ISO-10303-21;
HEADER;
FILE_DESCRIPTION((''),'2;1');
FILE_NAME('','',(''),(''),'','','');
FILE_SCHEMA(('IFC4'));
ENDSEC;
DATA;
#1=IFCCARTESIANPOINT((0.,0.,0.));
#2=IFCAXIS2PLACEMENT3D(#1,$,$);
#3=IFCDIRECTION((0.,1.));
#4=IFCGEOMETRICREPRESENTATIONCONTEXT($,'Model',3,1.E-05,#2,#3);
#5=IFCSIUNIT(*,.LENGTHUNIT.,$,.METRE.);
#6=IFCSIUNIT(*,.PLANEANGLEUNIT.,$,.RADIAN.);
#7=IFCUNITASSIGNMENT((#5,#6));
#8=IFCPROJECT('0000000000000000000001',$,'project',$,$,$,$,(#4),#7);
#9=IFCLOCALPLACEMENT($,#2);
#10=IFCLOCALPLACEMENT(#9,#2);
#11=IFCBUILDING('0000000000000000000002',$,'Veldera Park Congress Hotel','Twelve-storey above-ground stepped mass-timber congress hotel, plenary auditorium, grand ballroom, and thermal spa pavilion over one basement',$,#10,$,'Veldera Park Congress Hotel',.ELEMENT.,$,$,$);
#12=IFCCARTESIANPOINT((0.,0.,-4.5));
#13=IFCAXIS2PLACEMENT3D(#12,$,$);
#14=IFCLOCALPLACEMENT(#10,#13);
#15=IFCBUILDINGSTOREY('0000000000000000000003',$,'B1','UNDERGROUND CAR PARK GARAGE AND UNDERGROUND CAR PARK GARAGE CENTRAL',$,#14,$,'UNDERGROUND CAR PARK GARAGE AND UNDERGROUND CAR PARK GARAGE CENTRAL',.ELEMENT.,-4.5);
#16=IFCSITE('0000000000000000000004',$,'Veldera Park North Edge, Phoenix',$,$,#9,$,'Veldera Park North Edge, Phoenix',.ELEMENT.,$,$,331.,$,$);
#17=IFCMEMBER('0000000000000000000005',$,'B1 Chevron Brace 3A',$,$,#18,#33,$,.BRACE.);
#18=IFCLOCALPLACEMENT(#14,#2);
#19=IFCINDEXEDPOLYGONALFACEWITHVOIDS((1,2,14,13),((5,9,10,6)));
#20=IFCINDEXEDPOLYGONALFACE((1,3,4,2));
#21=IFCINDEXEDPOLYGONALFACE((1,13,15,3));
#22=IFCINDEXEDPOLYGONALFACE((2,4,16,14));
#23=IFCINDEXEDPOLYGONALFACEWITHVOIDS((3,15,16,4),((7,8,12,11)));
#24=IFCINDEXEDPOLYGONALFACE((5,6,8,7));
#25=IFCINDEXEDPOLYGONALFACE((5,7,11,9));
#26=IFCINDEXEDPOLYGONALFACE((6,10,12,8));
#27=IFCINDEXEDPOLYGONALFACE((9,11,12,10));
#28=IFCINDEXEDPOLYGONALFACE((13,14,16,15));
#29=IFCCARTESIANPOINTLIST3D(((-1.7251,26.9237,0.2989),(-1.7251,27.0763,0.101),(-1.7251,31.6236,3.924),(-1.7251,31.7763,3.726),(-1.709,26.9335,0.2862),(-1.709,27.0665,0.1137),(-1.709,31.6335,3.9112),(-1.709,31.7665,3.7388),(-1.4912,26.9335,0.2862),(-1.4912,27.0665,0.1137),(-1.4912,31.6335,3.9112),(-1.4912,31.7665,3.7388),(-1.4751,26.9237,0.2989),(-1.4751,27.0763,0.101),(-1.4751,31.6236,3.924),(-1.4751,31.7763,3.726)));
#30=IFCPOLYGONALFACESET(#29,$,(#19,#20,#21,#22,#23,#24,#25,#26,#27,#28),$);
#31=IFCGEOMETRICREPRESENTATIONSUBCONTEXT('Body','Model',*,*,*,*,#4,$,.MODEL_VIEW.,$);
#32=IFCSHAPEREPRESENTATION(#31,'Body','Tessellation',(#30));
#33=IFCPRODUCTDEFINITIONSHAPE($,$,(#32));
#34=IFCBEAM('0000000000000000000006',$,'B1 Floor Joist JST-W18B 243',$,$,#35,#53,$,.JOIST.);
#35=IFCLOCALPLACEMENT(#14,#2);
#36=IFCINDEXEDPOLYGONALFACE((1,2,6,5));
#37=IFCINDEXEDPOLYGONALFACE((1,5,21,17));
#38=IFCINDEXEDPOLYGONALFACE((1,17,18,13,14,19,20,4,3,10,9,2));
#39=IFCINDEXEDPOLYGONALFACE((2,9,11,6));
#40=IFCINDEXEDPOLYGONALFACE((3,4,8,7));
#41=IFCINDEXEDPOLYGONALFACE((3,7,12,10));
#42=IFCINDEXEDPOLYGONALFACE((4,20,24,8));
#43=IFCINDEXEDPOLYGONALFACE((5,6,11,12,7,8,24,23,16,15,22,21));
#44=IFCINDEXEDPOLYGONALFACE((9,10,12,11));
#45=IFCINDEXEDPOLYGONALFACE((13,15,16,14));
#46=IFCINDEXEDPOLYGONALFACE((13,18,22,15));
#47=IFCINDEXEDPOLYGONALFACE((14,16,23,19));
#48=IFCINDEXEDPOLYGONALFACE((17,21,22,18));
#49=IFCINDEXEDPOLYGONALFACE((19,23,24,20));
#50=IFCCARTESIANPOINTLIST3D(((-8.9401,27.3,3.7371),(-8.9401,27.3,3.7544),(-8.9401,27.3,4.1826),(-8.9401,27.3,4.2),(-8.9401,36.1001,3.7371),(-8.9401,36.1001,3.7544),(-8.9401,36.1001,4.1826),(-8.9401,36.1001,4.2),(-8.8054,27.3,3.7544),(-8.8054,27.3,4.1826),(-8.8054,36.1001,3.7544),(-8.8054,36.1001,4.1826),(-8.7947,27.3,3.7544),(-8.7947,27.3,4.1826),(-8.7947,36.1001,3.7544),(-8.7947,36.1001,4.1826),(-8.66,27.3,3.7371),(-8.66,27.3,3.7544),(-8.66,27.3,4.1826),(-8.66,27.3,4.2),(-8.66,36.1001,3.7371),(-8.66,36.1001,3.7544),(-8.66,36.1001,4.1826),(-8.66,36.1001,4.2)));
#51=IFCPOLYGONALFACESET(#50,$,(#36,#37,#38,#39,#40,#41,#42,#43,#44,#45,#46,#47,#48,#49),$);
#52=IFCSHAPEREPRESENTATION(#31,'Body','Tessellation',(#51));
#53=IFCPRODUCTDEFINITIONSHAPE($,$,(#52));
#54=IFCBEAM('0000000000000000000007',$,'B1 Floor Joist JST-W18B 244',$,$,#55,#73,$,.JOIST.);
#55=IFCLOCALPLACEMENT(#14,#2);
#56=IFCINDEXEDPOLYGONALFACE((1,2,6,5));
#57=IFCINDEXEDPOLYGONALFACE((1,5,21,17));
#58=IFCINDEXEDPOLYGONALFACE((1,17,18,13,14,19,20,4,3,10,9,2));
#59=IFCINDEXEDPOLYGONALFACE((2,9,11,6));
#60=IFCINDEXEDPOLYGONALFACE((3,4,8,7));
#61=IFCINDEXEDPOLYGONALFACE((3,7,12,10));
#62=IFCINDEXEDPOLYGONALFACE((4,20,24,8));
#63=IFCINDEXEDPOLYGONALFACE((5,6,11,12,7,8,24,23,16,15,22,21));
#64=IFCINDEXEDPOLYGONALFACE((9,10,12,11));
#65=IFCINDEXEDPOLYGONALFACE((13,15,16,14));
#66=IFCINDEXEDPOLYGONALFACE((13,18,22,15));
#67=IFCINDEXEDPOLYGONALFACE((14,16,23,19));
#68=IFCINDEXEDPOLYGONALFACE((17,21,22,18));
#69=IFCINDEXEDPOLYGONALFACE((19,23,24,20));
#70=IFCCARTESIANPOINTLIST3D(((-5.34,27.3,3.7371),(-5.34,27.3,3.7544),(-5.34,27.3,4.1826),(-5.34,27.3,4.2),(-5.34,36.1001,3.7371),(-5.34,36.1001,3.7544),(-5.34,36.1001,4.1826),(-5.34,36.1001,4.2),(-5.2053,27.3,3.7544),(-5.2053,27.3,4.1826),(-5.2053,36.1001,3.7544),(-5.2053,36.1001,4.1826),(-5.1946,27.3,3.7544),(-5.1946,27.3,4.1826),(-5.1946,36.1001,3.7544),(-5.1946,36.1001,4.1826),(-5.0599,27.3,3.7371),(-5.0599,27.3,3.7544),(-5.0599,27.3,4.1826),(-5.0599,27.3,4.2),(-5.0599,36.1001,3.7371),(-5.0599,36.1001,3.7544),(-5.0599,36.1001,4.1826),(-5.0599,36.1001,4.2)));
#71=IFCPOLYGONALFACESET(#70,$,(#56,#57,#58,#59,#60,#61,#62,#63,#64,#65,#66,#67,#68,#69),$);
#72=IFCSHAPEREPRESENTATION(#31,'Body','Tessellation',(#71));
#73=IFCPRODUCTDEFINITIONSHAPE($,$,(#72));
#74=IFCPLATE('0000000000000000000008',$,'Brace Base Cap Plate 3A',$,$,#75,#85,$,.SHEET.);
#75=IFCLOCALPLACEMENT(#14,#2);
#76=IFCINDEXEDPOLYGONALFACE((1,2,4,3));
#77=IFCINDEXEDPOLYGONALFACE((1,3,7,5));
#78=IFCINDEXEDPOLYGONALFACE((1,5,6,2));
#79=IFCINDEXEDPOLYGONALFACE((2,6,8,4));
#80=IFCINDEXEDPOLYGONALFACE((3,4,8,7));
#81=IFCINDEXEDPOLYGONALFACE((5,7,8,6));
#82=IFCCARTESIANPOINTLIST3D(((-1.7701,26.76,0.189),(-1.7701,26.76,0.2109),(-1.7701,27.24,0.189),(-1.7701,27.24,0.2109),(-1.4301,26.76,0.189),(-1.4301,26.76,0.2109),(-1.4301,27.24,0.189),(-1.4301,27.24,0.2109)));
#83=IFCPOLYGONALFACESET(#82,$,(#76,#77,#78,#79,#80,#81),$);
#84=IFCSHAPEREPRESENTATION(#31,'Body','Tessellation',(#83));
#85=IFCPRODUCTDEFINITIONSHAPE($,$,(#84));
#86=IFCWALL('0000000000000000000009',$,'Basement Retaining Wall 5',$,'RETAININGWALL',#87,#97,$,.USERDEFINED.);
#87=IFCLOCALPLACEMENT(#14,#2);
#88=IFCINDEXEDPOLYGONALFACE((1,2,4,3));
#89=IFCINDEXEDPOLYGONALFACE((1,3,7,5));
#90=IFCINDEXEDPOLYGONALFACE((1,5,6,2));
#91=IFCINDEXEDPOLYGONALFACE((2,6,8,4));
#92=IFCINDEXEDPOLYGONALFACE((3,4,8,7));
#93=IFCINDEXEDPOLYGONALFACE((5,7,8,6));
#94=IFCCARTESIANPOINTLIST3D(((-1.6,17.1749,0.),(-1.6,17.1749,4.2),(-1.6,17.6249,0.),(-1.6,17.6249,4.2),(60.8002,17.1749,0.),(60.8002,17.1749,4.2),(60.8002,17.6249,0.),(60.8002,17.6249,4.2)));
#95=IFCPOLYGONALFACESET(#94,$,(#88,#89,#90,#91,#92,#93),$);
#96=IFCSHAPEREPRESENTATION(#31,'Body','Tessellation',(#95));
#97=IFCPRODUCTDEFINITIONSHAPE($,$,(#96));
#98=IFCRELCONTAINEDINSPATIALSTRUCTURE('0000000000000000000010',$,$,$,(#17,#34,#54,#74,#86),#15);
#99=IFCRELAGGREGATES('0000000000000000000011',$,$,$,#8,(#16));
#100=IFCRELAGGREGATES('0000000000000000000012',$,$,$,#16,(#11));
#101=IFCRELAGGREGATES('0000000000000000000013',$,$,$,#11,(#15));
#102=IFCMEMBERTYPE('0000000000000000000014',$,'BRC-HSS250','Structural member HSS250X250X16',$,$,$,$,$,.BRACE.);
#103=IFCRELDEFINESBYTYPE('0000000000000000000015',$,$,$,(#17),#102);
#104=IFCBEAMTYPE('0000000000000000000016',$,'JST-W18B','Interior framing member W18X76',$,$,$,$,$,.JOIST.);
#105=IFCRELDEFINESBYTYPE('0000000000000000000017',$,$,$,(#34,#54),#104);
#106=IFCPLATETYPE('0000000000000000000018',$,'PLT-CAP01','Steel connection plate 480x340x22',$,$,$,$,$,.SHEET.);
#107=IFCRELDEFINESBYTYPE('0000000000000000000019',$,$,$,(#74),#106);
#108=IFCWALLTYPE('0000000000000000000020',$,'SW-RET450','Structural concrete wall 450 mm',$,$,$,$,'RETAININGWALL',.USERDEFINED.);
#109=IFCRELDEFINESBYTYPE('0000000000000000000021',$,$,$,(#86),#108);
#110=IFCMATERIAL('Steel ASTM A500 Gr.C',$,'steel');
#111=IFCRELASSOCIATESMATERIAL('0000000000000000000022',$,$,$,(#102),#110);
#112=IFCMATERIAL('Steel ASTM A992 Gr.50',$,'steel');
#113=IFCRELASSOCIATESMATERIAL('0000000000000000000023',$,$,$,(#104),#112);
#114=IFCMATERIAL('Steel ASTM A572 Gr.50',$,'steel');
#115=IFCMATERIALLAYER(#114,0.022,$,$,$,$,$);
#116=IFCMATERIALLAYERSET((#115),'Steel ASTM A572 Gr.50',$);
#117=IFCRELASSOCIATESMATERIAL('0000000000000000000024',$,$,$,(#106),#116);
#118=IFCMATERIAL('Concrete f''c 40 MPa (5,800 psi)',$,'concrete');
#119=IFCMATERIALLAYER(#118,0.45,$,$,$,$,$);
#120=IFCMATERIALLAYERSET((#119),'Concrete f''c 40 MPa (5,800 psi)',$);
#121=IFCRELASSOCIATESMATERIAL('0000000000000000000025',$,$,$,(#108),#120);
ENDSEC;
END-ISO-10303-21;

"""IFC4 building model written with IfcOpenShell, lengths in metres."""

from ifc_helpers import new_model, si_unit, direction, frame, frame_2d, origin, origin_2d, place, context, subcontext, project, spatial, rectangle, hollow_rectangle, i_section, extrude, material, layer, layer_set, material_profile, profile_set, type_object, element, save


model = new_model("IFC4")

# Units and contexts
model_context = context("Model", 3, precision=1e-05, world=origin(), true_north=direction((0.0, 1.0)))
body_context = subcontext(model_context, "Body", "Model", "MODEL_VIEW")
ifc_project = project(units=[si_unit("LENGTHUNIT", "METRE"), si_unit("PLANEANGLEUNIT", "RADIAN")], contexts=[model_context])

# Site, building, storey
site_placement = place(None, origin())
site = spatial("IfcSite", under=ifc_project, at=site_placement, Name="Veldera Park North Edge, Phoenix", LongName="Veldera Park North Edge, Phoenix", CompositionType="ELEMENT", RefElevation=331.0)
building_placement = place(site_placement, origin())
building = spatial("IfcBuilding", under=site, at=building_placement, Name="Veldera Park Congress Hotel", Description="Twelve-storey above-ground stepped mass-timber congress hotel, plenary auditorium, grand ballroom, and thermal spa pavilion over one basement", LongName="Veldera Park Congress Hotel", CompositionType="ELEMENT")
storey_placement = place(building_placement, frame((0.0, 0.0, -4.5)))
storey = spatial("IfcBuildingStorey", under=building, at=storey_placement, Name="B1", Description="UNDERGROUND CAR PARK GARAGE AND UNDERGROUND CAR PARK GARAGE CENTRAL", LongName="UNDERGROUND CAR PARK GARAGE AND UNDERGROUND CAR PARK GARAGE CENTRAL", CompositionType="ELEMENT", Elevation=-4.5)

# Shared definitions
ifc_material_1 = material(Name="Concrete f'c 40 MPa (5,800 psi)", Category="concrete")

# Member
ifc_material_2 = material(Name="Steel ASTM A500 Gr.C", Category="steel")
ifc_material_profile_1 = material_profile(ifc_material_2, hollow_rectangle(XDim=0.25, YDim=0.25, WallThickness=0.0161, at=origin_2d()), Name="HSS250X250X16")
ifc_profile_set_1 = profile_set([ifc_material_profile_1], Name="Steel ASTM A500 Gr.C")
member_type = type_object("IfcMemberType", Name="BRC-HSS250", Description="Structural member HSS250X250X16", PredefinedType="BRACE", material=ifc_profile_set_1)
member_placement = place(storey_placement, frame((-1.6001, 27.0, 0.2), z_axis=(0.0, 0.791837, 0.610732), x_axis=(-1.0, 0.0, 0.0)))
element("IfcMember", 1, at=member_placement, inside=storey, type_object=member_type, Name="B1 Chevron Brace 3A", PredefinedType="BRACE", context=body_context, shape_type="SweptSolid", body=[
    extrude(hollow_rectangle(XDim=0.25, YDim=0.25, WallThickness=0.0161, at=origin_2d()), origin(), (0.0, 0.0, 1.0), 5.9355),
])

# Beams
ifc_material_3 = material(Name="Steel ASTM A992 Gr.50", Category="steel")
ifc_material_profile_2 = material_profile(ifc_material_3, i_section(OverallWidth=0.28, OverallDepth=0.4629, WebThickness=0.0107, FlangeThickness=0.0173, at=origin_2d()), Name="W18X76")
ifc_profile_set_2 = profile_set([ifc_material_profile_2], Name="Steel ASTM A992 Gr.50")
beam_type_1 = type_object("IfcBeamType", Name="JST-W18B", Description="Interior framing member W18X76", PredefinedType="JOIST", material=ifc_profile_set_2)
for number, where, z_axis, x_axis, name in (
    (2, (-8.8, 27.3, 3.9685), (0.0, 1.0, 0.0), (-1.0, 0.0, 0.0), "B1 Floor Joist JST-W18B 243"),
    (3, (-5.2, 27.3, 3.9685), (0.0, 1.0, 0.0), (-1.0, 0.0, 0.0), "B1 Floor Joist JST-W18B 244"),
):
    element("IfcBeam", number, at=place(storey_placement, frame(where, z_axis=z_axis, x_axis=x_axis)), inside=storey, type_object=beam_type_1, Name=name, PredefinedType="JOIST", context=body_context, shape_type="SweptSolid", body=[
        extrude(i_section(OverallWidth=0.28, OverallDepth=0.4629, WebThickness=0.0107, FlangeThickness=0.0173, at=origin_2d()), origin(), (0.0, 0.0, 1.0), 8.8),
    ])

# Plate
ifc_material_4 = material(Name="Steel ASTM A572 Gr.50", Category="steel")
ifc_layer_1 = layer(ifc_material_4, 0.022)
ifc_layer_set_1 = layer_set([ifc_layer_1], Name="Steel ASTM A572 Gr.50")
plate_type = type_object("IfcPlateType", Name="PLT-CAP01", Description="Steel connection plate 480x340x22", PredefinedType="SHEET", material=ifc_layer_set_1)
plate_placement = place(storey_placement, frame((-1.6001, 27.0, 0.189), z_axis=(0.0, 0.0, 1.0), x_axis=(0.0, 1.0, 0.0)))
element("IfcPlate", 4, at=plate_placement, inside=storey, type_object=plate_type, Name="Brace Base Cap Plate 3A", PredefinedType="SHEET", context=body_context, shape_type="SweptSolid", body=[
    extrude(rectangle(XDim=0.48, YDim=0.3401, at=origin_2d()), origin(), (0.0, 0.0, 1.0), 0.022),
])

# Wall
ifc_layer_2 = layer(ifc_material_1, 0.45)
ifc_layer_set_2 = layer_set([ifc_layer_2], Name="Concrete f'c 40 MPa (5,800 psi)")
wall_type = type_object("IfcWallType", Name="SW-RET450", Description="Structural concrete wall 450 mm", ElementType="RETAININGWALL", PredefinedType="USERDEFINED", material=ifc_layer_set_2)
wall_placement = place(storey_placement, frame((-1.6001, 17.3999, 0.0), z_axis=(0.0, 0.0, 1.0), x_axis=(1.0, 0.0, 0.0)))
element("IfcWall", 5, at=wall_placement, inside=storey, type_object=wall_type, Name="Basement Retaining Wall 5", ObjectType="RETAININGWALL", PredefinedType="USERDEFINED", context=body_context, shape_type="SweptSolid", body=[
    extrude(rectangle(XDim=62.4001, YDim=0.45, at=frame_2d((31.2002, 0.0))), origin(), (0.0, 0.0, 1.0), 4.2),
])

save(model, "model.ifc")
